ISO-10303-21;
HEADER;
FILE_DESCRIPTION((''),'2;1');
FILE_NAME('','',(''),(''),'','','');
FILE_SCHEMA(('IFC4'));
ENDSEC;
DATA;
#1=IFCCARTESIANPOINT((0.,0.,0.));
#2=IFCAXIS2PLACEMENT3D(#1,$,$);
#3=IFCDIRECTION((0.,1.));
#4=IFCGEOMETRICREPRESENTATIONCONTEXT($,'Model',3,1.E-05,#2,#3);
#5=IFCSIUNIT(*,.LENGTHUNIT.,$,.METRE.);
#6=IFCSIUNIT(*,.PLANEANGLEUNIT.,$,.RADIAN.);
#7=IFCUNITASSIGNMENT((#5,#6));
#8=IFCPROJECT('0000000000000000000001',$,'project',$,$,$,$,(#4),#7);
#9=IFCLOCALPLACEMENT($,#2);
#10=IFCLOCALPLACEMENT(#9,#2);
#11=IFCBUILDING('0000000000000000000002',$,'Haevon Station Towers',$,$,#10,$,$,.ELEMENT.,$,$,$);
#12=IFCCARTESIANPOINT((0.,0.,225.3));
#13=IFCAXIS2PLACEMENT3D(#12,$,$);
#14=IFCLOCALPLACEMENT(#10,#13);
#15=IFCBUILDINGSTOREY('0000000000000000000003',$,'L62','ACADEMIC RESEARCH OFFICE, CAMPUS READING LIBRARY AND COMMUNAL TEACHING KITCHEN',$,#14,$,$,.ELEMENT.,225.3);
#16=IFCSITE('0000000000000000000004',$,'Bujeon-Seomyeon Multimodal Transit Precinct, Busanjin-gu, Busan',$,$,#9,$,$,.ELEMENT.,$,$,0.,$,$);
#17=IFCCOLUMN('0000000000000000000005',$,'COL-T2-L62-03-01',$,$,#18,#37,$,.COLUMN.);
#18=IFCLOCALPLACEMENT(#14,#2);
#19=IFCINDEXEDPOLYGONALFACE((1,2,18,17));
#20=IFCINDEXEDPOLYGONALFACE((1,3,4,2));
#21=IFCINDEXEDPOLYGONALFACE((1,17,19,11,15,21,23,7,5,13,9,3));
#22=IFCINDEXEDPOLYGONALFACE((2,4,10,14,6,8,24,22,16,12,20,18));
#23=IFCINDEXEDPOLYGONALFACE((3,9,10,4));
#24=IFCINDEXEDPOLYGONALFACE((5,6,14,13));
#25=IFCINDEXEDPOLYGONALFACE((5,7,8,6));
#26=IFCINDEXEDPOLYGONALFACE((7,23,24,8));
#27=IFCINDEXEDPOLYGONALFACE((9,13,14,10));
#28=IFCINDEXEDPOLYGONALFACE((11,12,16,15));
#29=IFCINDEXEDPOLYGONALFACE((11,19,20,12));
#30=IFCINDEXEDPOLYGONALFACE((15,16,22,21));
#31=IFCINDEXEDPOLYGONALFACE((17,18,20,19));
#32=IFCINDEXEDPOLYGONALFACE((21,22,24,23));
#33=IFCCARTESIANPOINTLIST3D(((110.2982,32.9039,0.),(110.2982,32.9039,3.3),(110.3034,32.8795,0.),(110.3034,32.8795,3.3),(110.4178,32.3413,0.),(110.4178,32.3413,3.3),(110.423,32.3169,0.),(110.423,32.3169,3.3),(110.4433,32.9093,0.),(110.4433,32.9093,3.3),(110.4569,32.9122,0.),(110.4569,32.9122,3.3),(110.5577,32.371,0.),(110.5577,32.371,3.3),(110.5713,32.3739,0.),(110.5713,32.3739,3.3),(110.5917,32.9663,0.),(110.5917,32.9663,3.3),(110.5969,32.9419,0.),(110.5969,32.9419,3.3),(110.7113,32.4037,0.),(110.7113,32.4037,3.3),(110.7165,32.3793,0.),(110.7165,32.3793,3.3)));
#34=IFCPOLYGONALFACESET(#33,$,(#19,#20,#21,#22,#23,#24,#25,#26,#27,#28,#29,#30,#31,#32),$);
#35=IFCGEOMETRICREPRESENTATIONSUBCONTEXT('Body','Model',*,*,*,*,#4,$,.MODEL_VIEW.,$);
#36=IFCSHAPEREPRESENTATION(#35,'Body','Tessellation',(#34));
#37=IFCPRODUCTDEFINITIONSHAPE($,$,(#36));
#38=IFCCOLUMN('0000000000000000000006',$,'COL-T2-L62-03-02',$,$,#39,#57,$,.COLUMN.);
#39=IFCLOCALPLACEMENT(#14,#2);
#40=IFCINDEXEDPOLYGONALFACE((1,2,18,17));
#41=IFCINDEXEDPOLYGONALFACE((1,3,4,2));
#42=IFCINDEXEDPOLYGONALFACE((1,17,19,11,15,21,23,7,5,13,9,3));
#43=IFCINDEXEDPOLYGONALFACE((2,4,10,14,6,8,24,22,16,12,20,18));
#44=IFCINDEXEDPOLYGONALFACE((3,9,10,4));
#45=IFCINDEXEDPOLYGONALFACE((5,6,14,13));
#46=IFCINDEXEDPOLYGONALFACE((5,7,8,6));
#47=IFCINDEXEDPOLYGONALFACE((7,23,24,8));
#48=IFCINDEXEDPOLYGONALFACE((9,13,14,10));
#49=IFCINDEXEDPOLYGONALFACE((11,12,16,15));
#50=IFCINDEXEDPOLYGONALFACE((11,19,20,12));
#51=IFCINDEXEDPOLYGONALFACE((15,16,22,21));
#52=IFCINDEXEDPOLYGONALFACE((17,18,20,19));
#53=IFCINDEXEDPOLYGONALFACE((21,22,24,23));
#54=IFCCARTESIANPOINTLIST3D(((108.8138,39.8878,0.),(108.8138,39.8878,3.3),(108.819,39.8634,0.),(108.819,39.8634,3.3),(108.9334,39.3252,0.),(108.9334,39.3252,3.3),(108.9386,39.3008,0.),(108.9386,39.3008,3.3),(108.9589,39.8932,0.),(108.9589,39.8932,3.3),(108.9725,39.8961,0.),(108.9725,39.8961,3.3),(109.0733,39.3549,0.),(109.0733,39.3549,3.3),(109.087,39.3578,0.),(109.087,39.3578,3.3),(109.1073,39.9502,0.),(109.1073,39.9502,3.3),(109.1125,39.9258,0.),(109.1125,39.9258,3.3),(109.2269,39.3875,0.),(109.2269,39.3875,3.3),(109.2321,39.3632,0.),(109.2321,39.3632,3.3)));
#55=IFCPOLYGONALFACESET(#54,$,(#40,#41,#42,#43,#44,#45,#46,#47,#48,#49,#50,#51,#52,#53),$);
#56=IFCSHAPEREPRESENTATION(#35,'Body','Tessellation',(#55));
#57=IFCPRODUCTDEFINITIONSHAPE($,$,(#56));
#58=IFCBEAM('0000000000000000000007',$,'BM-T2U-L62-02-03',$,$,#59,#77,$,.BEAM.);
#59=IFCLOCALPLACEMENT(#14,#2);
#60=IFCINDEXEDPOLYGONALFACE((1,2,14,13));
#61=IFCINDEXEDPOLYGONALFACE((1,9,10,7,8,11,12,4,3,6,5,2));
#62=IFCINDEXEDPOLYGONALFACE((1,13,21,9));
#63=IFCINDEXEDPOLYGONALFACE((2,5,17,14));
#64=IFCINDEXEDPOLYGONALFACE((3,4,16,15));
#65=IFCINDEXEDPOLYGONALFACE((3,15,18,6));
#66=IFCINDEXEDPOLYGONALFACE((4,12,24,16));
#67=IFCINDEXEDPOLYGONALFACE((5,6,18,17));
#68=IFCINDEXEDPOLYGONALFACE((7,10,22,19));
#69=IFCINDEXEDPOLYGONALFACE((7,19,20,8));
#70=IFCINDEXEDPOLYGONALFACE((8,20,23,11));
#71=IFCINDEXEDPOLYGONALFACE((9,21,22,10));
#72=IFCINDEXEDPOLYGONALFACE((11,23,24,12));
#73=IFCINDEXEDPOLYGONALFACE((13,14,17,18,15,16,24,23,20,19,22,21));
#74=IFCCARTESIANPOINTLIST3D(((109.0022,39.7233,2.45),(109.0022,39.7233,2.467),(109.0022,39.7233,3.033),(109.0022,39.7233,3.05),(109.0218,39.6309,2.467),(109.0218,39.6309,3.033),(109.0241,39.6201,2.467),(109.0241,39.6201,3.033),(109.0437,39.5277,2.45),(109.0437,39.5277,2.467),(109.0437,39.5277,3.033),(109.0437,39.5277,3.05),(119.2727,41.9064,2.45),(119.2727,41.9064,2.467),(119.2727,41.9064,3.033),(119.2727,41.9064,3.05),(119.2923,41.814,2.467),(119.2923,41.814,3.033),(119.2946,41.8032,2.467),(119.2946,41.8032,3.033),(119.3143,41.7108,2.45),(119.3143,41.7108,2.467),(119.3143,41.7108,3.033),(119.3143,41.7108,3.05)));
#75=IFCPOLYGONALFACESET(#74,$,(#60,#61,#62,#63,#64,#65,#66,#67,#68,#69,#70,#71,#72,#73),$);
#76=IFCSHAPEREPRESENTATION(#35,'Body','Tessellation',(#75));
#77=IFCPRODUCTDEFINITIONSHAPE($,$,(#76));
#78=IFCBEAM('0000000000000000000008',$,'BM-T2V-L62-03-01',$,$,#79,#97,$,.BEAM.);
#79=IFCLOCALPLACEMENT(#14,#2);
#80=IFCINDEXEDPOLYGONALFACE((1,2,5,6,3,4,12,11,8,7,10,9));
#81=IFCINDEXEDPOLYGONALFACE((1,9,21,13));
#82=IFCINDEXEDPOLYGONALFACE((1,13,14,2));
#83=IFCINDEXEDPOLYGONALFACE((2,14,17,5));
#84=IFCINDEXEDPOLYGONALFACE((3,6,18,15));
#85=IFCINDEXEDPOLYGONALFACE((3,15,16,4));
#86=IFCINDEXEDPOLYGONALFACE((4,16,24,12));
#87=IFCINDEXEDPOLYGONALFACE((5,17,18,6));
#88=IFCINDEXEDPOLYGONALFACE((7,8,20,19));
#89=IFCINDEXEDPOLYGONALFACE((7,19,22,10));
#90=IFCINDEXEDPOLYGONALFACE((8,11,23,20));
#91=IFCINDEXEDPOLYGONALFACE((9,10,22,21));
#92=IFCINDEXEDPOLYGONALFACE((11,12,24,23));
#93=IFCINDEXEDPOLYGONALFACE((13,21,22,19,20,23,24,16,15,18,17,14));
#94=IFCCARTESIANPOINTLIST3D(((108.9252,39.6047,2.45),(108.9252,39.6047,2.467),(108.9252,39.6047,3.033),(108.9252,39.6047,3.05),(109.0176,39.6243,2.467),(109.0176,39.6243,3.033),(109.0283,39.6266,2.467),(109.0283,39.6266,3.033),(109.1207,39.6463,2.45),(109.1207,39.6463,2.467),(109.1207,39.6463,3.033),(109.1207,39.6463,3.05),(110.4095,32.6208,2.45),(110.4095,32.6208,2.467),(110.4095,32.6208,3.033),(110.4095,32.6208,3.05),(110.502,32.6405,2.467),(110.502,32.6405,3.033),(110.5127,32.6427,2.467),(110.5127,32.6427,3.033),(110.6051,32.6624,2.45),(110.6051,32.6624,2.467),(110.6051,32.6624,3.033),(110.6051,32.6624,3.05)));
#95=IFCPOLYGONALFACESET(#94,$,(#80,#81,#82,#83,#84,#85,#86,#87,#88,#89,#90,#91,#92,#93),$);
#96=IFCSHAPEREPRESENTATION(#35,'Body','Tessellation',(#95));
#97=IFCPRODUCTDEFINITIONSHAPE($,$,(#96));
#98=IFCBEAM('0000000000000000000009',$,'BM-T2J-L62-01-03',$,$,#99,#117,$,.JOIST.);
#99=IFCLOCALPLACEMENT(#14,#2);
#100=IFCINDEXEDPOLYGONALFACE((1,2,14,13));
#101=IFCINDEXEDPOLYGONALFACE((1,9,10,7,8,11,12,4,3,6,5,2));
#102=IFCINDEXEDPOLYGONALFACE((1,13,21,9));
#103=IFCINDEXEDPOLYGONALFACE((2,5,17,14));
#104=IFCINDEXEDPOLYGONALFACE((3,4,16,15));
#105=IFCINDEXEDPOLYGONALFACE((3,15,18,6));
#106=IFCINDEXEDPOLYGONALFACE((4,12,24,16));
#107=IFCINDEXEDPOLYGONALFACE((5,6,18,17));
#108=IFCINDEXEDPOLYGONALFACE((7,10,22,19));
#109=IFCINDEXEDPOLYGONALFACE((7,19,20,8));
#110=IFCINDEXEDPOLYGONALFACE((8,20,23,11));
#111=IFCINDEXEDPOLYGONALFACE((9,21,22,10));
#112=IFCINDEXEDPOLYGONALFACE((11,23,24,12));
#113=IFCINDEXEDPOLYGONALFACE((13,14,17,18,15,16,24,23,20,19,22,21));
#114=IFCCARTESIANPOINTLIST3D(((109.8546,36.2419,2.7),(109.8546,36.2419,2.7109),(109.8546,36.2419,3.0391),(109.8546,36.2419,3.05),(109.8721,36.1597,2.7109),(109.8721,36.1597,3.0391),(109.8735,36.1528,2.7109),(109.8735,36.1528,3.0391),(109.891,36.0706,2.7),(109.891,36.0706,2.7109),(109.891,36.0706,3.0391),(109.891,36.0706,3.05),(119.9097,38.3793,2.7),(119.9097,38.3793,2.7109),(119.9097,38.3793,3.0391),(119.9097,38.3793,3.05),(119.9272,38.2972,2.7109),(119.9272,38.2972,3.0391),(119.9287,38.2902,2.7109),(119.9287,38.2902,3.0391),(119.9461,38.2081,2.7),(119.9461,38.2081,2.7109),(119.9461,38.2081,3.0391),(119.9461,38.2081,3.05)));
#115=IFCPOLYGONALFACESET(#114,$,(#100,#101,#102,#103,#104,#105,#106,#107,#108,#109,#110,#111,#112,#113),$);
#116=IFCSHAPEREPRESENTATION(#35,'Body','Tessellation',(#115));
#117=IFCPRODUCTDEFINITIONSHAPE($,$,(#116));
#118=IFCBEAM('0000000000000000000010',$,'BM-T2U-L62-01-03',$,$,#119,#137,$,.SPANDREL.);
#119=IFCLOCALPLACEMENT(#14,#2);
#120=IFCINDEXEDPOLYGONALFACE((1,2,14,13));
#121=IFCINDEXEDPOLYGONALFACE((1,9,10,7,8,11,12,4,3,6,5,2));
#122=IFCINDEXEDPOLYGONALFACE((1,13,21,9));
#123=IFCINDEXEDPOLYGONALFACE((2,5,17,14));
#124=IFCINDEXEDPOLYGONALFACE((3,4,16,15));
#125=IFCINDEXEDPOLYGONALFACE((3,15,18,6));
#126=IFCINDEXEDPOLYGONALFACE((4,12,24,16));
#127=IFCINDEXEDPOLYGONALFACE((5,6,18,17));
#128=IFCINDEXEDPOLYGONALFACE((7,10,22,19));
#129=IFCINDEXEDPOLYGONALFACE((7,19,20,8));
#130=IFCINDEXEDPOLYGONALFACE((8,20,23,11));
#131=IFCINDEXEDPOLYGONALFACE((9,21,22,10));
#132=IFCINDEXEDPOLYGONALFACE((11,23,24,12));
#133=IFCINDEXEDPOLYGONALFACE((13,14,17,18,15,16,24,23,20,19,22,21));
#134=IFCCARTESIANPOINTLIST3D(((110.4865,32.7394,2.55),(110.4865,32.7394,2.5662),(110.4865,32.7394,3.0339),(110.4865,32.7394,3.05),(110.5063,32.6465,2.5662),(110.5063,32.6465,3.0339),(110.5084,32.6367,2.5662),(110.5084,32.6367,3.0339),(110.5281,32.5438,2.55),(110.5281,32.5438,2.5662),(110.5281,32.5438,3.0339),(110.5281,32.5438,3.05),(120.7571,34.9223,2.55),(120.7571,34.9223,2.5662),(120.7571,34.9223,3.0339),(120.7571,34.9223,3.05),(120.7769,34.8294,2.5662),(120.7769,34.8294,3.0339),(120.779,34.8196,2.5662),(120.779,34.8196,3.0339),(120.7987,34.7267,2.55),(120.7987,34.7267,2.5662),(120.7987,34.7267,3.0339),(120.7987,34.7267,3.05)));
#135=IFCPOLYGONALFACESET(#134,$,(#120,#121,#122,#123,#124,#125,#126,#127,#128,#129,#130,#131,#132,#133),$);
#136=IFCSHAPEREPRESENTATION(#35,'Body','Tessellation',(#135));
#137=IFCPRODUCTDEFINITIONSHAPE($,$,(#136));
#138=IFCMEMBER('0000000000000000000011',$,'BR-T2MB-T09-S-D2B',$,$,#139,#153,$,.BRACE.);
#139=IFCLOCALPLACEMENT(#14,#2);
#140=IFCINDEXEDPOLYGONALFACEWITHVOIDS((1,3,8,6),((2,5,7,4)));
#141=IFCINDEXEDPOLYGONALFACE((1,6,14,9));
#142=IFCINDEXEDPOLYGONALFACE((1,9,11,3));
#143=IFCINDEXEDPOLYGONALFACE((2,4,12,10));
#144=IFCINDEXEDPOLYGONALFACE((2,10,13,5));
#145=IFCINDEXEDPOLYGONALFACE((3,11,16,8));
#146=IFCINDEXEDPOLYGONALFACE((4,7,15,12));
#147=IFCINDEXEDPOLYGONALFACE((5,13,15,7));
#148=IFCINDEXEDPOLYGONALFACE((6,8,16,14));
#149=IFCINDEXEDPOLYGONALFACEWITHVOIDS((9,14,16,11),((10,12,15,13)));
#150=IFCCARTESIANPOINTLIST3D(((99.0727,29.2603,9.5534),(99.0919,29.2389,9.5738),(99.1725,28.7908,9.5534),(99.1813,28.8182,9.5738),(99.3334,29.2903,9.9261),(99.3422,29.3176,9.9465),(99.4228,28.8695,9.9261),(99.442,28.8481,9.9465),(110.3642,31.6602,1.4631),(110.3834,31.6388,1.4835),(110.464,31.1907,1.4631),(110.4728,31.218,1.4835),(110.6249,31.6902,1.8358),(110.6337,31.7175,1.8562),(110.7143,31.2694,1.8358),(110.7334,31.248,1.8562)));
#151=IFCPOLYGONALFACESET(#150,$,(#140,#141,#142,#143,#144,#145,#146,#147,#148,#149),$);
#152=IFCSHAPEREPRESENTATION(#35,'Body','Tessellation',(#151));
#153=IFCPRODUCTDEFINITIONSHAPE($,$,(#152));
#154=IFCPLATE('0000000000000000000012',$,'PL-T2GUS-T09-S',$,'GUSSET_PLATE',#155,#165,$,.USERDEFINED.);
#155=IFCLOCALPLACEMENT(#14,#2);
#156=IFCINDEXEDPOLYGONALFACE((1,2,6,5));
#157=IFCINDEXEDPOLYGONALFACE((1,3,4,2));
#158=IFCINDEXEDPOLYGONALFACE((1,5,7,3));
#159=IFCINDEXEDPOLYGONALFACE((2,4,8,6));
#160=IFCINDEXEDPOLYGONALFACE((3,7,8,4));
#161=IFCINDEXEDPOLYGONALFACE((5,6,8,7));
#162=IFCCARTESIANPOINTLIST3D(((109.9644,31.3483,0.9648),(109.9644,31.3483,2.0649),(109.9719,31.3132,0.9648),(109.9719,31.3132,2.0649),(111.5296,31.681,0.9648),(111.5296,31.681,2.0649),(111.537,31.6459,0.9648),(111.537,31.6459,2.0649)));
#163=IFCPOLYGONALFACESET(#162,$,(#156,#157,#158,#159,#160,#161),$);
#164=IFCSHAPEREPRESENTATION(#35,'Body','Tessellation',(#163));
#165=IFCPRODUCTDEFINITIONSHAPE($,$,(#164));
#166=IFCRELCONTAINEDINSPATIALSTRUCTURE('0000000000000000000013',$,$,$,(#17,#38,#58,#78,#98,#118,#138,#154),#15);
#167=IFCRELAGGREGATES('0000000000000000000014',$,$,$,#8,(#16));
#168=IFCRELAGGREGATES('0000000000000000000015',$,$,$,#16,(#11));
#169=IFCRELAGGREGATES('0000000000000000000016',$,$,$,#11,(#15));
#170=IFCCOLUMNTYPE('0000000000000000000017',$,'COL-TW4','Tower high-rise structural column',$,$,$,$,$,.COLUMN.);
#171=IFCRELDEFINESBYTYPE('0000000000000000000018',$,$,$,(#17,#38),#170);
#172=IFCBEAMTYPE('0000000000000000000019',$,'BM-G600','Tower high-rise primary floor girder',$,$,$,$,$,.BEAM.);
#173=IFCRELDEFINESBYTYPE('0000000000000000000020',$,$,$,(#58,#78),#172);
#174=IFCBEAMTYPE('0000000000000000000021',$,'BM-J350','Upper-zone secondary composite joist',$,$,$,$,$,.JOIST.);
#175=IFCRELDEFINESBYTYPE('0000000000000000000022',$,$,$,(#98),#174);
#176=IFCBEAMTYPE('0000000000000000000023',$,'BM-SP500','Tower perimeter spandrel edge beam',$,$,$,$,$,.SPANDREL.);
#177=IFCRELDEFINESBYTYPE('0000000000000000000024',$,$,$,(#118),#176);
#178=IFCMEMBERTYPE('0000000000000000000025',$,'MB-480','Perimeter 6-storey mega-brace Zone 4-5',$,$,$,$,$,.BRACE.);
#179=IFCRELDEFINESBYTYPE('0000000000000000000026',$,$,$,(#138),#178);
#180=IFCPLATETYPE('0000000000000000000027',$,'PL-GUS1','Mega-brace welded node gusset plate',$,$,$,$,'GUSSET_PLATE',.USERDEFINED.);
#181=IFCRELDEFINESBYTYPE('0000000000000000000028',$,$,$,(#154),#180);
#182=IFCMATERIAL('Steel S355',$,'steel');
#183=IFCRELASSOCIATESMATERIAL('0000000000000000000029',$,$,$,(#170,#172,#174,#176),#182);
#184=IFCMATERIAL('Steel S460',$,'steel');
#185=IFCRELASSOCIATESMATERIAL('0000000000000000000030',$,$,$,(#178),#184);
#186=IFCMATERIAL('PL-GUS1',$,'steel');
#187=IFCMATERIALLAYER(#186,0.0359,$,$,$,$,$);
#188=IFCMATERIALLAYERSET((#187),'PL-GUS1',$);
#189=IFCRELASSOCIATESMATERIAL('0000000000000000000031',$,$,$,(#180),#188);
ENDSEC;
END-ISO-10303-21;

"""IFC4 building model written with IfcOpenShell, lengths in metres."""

from ifc_helpers import new_model, si_unit, direction, frame, origin, origin_2d, place, context, subcontext, project, spatial, rectangle, hollow_rectangle, i_section, extrude, material, layer, layer_set, material_profile, profile_set, type_object, element, save


model = new_model("IFC4")

# Units and contexts
model_context = context("Model", 3, precision=1e-05, world=origin(), true_north=direction((0.0, 1.0)))
body_context = subcontext(model_context, "Body", "Model", "MODEL_VIEW")
ifc_project = project(units=[si_unit("LENGTHUNIT", "METRE"), si_unit("PLANEANGLEUNIT", "RADIAN")], contexts=[model_context])

# Site, building, storey
site_placement = place(None, origin())
site = spatial("IfcSite", under=ifc_project, at=site_placement, Name="Bujeon-Seomyeon Multimodal Transit Precinct, Busanjin-gu, Busan", CompositionType="ELEMENT", RefElevation=0.0)
building_placement = place(site_placement, origin())
building = spatial("IfcBuilding", under=site, at=building_placement, Name="Haevon Station Towers", CompositionType="ELEMENT")
storey_placement = place(building_placement, frame((0.0, 0.0, 225.3)))
storey = spatial("IfcBuildingStorey", under=building, at=storey_placement, Name="L62", Description="ACADEMIC RESEARCH OFFICE, CAMPUS READING LIBRARY AND COMMUNAL TEACHING KITCHEN", CompositionType="ELEMENT", Elevation=225.3)

# Columns
ifc_material_1 = material(Name="Steel S355", Category="steel")
ifc_material_profile_1 = material_profile(ifc_material_1, i_section(OverallWidth=0.3, OverallDepth=0.6001, WebThickness=0.0139, FlangeThickness=0.0249, at=origin_2d()), Name="H-600x300x14x25")
ifc_profile_set_1 = profile_set([ifc_material_profile_1], Name="Steel S355")
column_type = type_object("IfcColumnType", Name="COL-TW4", Description="Tower high-rise structural column", PredefinedType="COLUMN", material=ifc_profile_set_1)
for number, where, z_axis, x_axis, name in (
    (1, (110.5073, 32.6416, 0.0), (0.0, 0.0, 1.0), (0.978148, 0.207912, 0.0), "COL-T2-L62-03-01"),
    (2, (109.0229, 39.6255, 0.0), (0.0, 0.0, 1.0), (0.978148, 0.207912, 0.0), "COL-T2-L62-03-02"),
):
    element("IfcColumn", number, at=place(storey_placement, frame(where, z_axis=z_axis, x_axis=x_axis)), inside=storey, type_object=column_type, Name=name, PredefinedType="COLUMN", context=body_context, shape_type="SweptSolid", body=[
        extrude(i_section(OverallWidth=0.3, OverallDepth=0.6001, WebThickness=0.0139, FlangeThickness=0.0249, at=origin_2d()), origin(), (0.0, 0.0, 1.0), 3.3),
    ])

# Beams
ifc_material_profile_2 = material_profile(ifc_material_1, i_section(OverallWidth=0.2, OverallDepth=0.6001, WebThickness=0.011, FlangeThickness=0.0171, at=origin_2d()), Name="H-600x200x11x17")
ifc_profile_set_2 = profile_set([ifc_material_profile_2], Name="Steel S355")
beam_type_1 = type_object("IfcBeamType", Name="BM-G600", Description="Tower high-rise primary floor girder", PredefinedType="BEAM", material=ifc_profile_set_2)
beam_1_placement = place(storey_placement, frame((109.0229, 39.6255, 2.75), z_axis=(0.978147, 0.207915, 0.0), x_axis=(-0.207915, 0.978147, 0.0)))
element("IfcBeam", 3, at=beam_1_placement, inside=storey, type_object=beam_type_1, Name="BM-T2U-L62-02-03", PredefinedType="BEAM", context=body_context, shape_type="SweptSolid", body=[
    extrude(i_section(OverallWidth=0.2, OverallDepth=0.6001, WebThickness=0.011, FlangeThickness=0.0171, at=origin_2d()), origin(), (0.0, 0.0, 1.0), 10.5),
])
beam_2_placement = place(storey_placement, frame((110.5073, 32.6416, 2.75), z_axis=(-0.207899, 0.97815, 0.0), x_axis=(-0.97815, -0.207899, 0.0)))
element("IfcBeam", 4, at=beam_2_placement, inside=storey, type_object=beam_type_1, Name="BM-T2V-L62-03-01", PredefinedType="BEAM", context=body_context, shape_type="SweptSolid", body=[
    extrude(i_section(OverallWidth=0.2, OverallDepth=0.6001, WebThickness=0.011, FlangeThickness=0.0171, at=origin_2d()), origin(), (0.0, 0.0, 1.0), 7.1399),
])
ifc_material_profile_3 = material_profile(ifc_material_1, i_section(OverallWidth=0.175, OverallDepth=0.3501, WebThickness=0.0071, FlangeThickness=0.011, at=origin_2d()), Name="H-350x175x7x11")
ifc_profile_set_3 = profile_set([ifc_material_profile_3], Name="Steel S355")
beam_type_2 = type_object("IfcBeamType", Name="BM-J350", Description="Upper-zone secondary composite joist", PredefinedType="JOIST", material=ifc_profile_set_3)
beam_3_placement = place(storey_placement, frame((109.8728, 36.1562, 2.875), z_axis=(0.978144, 0.207926, 0.0), x_axis=(-0.207926, 0.978144, 0.0)))
element("IfcBeam", 5, at=beam_3_placement, inside=storey, type_object=beam_type_2, Name="BM-T2J-L62-01-03", PredefinedType="JOIST", context=body_context, shape_type="SweptSolid", body=[
    extrude(i_section(OverallWidth=0.175, OverallDepth=0.3501, WebThickness=0.0071, FlangeThickness=0.011, at=origin_2d()), origin(), (0.0, 0.0, 1.0), 10.2798),
])
ifc_material_profile_4 = material_profile(ifc_material_1, i_section(OverallWidth=0.2, OverallDepth=0.5, WebThickness=0.01, FlangeThickness=0.0161, at=origin_2d()), Name="H-500x200x10x16")
ifc_profile_set_4 = profile_set([ifc_material_profile_4], Name="Steel S355")
beam_type_3 = type_object("IfcBeamType", Name="BM-SP500", Description="Tower perimeter spandrel edge beam", PredefinedType="SPANDREL", material=ifc_profile_set_4)
beam_4_placement = place(storey_placement, frame((110.5073, 32.6416, 2.8), z_axis=(0.978152, 0.207893, 0.0), x_axis=(-0.207893, 0.978152, 0.0)))
element("IfcBeam", 6, at=beam_4_placement, inside=storey, type_object=beam_type_3, Name="BM-T2U-L62-01-03", PredefinedType="SPANDREL", context=body_context, shape_type="SweptSolid", body=[
    extrude(i_section(OverallWidth=0.2, OverallDepth=0.5, WebThickness=0.01, FlangeThickness=0.0161, at=origin_2d()), origin(), (0.0, 0.0, 1.0), 10.5),
])

# Member
ifc_material_2 = material(Name="Steel S460", Category="steel")
ifc_material_profile_5 = material_profile(ifc_material_2, hollow_rectangle(XDim=0.48, YDim=0.48, WallThickness=0.0249, at=origin_2d()), Name="RHS-480x480x25")
ifc_profile_set_5 = profile_set([ifc_material_profile_5], Name="Steel S460")
member_type = type_object("IfcMemberType", Name="MB-480", Description="Perimeter 6-storey mega-brace Zone 4-5", PredefinedType="BRACE", material=ifc_profile_set_5)
member_placement = place(storey_placement, frame((110.5488, 31.4541, 1.6597), z_axis=(-0.801015, -0.170248, 0.573925), x_axis=(0.207897, -0.978151, 0.0)))
element("IfcMember", 7, at=member_placement, inside=storey, type_object=member_type, Name="BR-T2MB-T09-S-D2B", PredefinedType="BRACE", context=body_context, shape_type="SweptSolid", body=[
    extrude(hollow_rectangle(XDim=0.48, YDim=0.48, WallThickness=0.0249, at=origin_2d()), origin(), (0.0, 0.0, 1.0), 14.0964),
])

# Plate
ifc_material_3 = material(Name="PL-GUS1", Category="steel")
ifc_layer_1 = layer(ifc_material_3, 0.0359)
ifc_layer_set_1 = layer_set([ifc_layer_1], Name="PL-GUS1")
plate_type = type_object("IfcPlateType", Name="PL-GUS1", Description="Mega-brace welded node gusset plate", ElementType="GUSSET_PLATE", PredefinedType="USERDEFINED", material=ifc_layer_set_1)
plate_placement = place(storey_placement, frame((110.7507, 31.4971, 0.9648), z_axis=(0.0, 0.0, 1.0), x_axis=(0.978148, 0.207912, 0.0)))
element("IfcPlate", 8, at=plate_placement, inside=storey, type_object=plate_type, Name="PL-T2GUS-T09-S", ObjectType="GUSSET_PLATE", PredefinedType="USERDEFINED", context=body_context, shape_type="SweptSolid", body=[
    extrude(rectangle(XDim=1.6001, YDim=0.0359, at=origin_2d()), origin(), (0.0, 0.0, 1.0), 1.1001),
])

save(model, "model.ifc")
